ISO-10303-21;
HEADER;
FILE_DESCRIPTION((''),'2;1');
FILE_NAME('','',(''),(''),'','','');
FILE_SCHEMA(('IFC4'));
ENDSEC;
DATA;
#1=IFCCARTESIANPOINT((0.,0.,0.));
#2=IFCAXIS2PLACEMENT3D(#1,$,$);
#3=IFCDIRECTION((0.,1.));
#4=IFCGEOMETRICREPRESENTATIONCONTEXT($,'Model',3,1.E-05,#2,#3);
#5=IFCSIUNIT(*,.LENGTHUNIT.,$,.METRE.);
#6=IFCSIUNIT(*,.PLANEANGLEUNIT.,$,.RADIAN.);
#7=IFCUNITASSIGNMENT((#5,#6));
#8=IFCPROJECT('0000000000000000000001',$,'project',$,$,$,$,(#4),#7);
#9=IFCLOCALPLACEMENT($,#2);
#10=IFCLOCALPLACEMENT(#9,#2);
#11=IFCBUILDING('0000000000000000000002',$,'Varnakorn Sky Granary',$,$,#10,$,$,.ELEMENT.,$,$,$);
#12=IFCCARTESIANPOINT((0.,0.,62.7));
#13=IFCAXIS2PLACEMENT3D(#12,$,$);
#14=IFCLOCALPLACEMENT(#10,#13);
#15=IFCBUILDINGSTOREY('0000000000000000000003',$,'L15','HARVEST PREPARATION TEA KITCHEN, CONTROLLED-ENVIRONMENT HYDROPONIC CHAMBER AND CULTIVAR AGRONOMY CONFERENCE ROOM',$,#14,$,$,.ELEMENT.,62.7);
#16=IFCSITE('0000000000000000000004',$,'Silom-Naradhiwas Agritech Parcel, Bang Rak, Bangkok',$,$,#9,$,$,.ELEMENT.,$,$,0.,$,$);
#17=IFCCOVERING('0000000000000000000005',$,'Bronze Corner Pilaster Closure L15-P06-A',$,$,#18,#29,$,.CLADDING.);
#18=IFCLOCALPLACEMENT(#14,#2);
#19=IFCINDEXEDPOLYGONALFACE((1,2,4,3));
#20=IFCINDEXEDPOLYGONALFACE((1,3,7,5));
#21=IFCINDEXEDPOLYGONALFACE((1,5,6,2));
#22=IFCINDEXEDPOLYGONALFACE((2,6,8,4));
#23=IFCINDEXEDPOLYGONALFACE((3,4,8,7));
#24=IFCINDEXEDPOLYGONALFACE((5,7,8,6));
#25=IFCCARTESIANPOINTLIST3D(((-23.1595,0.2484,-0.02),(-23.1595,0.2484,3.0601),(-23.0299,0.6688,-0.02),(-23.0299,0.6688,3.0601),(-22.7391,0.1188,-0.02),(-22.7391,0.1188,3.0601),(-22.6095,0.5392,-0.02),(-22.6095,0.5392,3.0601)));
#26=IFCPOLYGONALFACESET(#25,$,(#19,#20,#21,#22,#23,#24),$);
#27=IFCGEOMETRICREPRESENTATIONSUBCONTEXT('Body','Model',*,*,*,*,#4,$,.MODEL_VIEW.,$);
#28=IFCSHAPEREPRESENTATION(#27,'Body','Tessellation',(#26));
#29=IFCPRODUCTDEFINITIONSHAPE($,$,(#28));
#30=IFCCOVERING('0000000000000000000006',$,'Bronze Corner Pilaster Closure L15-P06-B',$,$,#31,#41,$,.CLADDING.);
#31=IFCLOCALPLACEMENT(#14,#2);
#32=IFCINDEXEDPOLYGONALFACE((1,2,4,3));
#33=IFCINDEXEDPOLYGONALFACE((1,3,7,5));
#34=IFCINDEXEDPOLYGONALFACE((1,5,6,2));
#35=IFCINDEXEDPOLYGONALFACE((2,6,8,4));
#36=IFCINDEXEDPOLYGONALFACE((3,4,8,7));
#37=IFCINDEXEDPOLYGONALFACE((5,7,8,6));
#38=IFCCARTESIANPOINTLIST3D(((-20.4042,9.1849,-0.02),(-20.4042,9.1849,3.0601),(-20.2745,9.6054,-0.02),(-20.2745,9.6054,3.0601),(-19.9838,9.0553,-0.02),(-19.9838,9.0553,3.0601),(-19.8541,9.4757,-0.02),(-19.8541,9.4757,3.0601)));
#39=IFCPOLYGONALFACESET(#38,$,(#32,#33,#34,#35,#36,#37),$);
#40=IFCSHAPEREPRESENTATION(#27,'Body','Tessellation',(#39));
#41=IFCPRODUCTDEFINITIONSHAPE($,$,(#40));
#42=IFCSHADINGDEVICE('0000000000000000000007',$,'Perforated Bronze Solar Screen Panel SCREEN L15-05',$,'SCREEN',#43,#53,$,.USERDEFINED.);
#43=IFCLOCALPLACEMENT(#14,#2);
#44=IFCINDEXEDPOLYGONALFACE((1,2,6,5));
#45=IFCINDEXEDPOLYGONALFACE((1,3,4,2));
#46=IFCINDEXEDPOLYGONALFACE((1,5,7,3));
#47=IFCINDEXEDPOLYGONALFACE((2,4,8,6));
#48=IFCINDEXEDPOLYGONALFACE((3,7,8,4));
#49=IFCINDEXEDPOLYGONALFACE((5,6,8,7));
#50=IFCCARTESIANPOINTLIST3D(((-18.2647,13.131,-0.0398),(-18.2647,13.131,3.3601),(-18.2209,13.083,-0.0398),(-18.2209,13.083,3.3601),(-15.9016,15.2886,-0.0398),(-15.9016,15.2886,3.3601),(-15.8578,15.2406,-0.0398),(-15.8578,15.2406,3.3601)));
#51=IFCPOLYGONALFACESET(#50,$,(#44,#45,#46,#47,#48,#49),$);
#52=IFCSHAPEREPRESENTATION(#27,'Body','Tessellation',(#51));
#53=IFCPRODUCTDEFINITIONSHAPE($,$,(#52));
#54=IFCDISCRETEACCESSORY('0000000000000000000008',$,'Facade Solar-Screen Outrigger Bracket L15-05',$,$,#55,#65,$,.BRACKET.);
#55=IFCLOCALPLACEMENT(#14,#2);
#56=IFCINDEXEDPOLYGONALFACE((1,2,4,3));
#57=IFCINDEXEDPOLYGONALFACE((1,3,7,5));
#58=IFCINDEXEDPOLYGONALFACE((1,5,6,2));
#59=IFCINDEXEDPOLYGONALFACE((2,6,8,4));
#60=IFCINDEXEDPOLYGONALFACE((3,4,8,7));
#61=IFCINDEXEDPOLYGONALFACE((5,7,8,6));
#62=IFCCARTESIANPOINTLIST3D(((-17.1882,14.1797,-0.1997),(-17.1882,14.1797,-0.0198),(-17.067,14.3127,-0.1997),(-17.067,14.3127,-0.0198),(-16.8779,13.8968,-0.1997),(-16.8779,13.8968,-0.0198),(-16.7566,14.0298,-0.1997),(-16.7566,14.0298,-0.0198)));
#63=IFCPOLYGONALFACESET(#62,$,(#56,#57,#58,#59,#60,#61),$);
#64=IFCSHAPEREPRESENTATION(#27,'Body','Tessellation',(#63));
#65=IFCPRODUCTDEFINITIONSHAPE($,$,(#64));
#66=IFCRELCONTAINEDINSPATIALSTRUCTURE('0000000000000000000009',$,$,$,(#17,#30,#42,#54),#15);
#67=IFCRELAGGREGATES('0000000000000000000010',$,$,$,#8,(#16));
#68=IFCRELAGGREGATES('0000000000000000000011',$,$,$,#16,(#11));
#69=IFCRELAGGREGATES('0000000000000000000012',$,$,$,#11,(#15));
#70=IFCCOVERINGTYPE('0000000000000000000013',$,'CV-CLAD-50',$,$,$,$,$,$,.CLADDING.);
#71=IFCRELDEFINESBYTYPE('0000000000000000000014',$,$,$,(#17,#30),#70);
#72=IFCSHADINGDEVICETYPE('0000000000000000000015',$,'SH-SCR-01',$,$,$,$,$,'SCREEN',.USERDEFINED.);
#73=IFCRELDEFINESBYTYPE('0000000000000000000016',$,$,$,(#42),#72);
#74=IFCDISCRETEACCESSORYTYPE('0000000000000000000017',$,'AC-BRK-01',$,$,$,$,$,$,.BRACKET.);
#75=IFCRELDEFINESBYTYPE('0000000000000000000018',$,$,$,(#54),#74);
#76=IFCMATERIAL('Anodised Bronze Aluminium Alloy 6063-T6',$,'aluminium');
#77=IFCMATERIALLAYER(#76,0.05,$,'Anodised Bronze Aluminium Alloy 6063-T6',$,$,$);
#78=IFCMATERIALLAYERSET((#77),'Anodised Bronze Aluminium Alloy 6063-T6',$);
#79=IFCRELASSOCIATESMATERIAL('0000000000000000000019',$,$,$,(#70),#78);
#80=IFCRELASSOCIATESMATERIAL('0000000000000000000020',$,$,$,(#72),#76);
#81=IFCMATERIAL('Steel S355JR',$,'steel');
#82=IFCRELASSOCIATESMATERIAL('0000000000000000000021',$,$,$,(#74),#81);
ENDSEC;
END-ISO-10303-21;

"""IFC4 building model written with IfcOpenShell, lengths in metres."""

from ifc_helpers import new_model, si_unit, direction, frame, origin, origin_2d, place, context, subcontext, project, spatial, rectangle, extrude, source, transform, mapped, material, layer, layer_set, type_object, type_shapes, element, save


model = new_model("IFC4")

# Units and contexts
model_context = context("Model", 3, precision=1e-05, world=origin(), true_north=direction((0.0, 1.0)))
body_context = subcontext(model_context, "Body", "Model", "MODEL_VIEW")
ifc_project = project(units=[si_unit("LENGTHUNIT", "METRE"), si_unit("PLANEANGLEUNIT", "RADIAN")], contexts=[model_context])

# Site, building, storey
site_placement = place(None, origin())
site = spatial("IfcSite", under=ifc_project, at=site_placement, Name="Silom-Naradhiwas Agritech Parcel, Bang Rak, Bangkok", CompositionType="ELEMENT", RefElevation=0.0)
building_placement = place(site_placement, origin())
building = spatial("IfcBuilding", under=site, at=building_placement, Name="Varnakorn Sky Granary", CompositionType="ELEMENT")
storey_placement = place(building_placement, frame((0.0, 0.0, 62.7)))
storey = spatial("IfcBuildingStorey", under=building, at=storey_placement, Name="L15", Description="HARVEST PREPARATION TEA KITCHEN, CONTROLLED-ENVIRONMENT HYDROPONIC CHAMBER AND CULTIVAR AGRONOMY CONFERENCE ROOM", CompositionType="ELEMENT", Elevation=62.7)

# Shared definitions
ifc_material_1 = material(Name="Steel S355JR", Category="steel")

# Shared definitions
ifc_material_2 = material(Name="Anodised Bronze Aluminium Alloy 6063-T6", Category="aluminium")

# Coverings
ifc_layer_1 = layer(ifc_material_2, 0.05, Name="Anodised Bronze Aluminium Alloy 6063-T6")
ifc_layer_set_1 = layer_set([ifc_layer_1], Name="Anodised Bronze Aluminium Alloy 6063-T6")
covering_type = type_object("IfcCoveringType", Name="CV-CLAD-50", PredefinedType="CLADDING", material=ifc_layer_set_1)
shared_shape_1 = source(origin(), body_context, "Body", "SweptSolid", [
    extrude(rectangle(XDim=0.4399, YDim=0.4399, at=origin_2d()), origin(), (0.0, 0.0, 1.0), 3.0801),
])
type_shapes(covering_type, [shared_shape_1])
for number, where, z_axis, x_axis, name in (
    (1, (-22.8845, 0.3938, -0.02), (0.0, 0.0, 1.0), (0.294708, 0.955588, 0.0), "Bronze Corner Pilaster Closure L15-P06-A"),
    (2, (-20.1292, 9.3303, -0.02), (0.0, 0.0, 1.0), (0.294708, 0.955588, 0.0), "Bronze Corner Pilaster Closure L15-P06-B"),
):
    element("IfcCovering", number, at=place(storey_placement, frame(where, z_axis=z_axis, x_axis=x_axis)), inside=storey, type_object=covering_type, Name=name, PredefinedType="CLADDING", context=body_context, shape_type="MappedRepresentation", body=[
        mapped(shared_shape_1, transform((0.0, 0.0, 0.0), x_axis=(1.0, 0.0, 0.0), y_axis=(0.0, 1.0, 0.0), z_axis=(0.0, 0.0, 1.0), scale=1.0)),
    ])

# Shading device
shading_device_type = type_object("IfcShadingDeviceType", Name="SH-SCR-01", ElementType="SCREEN", PredefinedType="USERDEFINED", material=ifc_material_2)
shared_shape_2 = source(origin(), body_context, "Body", "SweptSolid", [
    extrude(rectangle(XDim=3.2, YDim=0.0649, at=origin_2d()), origin(), (0.0, 0.0, 1.0), 3.3999),
])
type_shapes(shading_device_type, [shared_shape_2])
shading_device_placement = place(storey_placement, frame((-17.0613, 14.1858, -0.0398), z_axis=(0.0, 0.0, 1.0), x_axis=(-0.738485, -0.674269, 0.0)))
element("IfcShadingDevice", 3, at=shading_device_placement, inside=storey, type_object=shading_device_type, Name="Perforated Bronze Solar Screen Panel SCREEN L15-05", ObjectType="SCREEN", PredefinedType="USERDEFINED", context=body_context, shape_type="MappedRepresentation", body=[
    mapped(shared_shape_2, transform((0.0, 0.0, 0.0), x_axis=(1.0, 0.0, 0.0), y_axis=(0.0, 1.0, 0.0), z_axis=(0.0, 0.0, 1.0), scale=1.0)),
])

# Discrete accessory
discrete_accessory_type = type_object("IfcDiscreteAccessoryType", Name="AC-BRK-01", PredefinedType="BRACKET", material=ifc_material_1)
shared_shape_3 = source(origin(), body_context, "Body", "SweptSolid", [
    extrude(rectangle(XDim=0.1799, YDim=0.4199, at=origin_2d()), origin(), (0.0, 0.0, 1.0), 0.1799),
])
type_shapes(discrete_accessory_type, [shared_shape_3])
discrete_accessory_placement = place(storey_placement, frame((-16.9724, 14.1047, -0.1997), z_axis=(0.0, 0.0, 1.0), x_axis=(-0.673691, -0.739013, 0.0)))
element("IfcDiscreteAccessory", 4, at=discrete_accessory_placement, inside=storey, type_object=discrete_accessory_type, Name="Facade Solar-Screen Outrigger Bracket L15-05", PredefinedType="BRACKET", context=body_context, shape_type="MappedRepresentation", body=[
    mapped(shared_shape_3, transform((0.0, 0.0, 0.0), x_axis=(1.0, 0.0, 0.0), y_axis=(0.0, 1.0, 0.0), z_axis=(0.0, 0.0, 1.0), scale=1.0)),
])

save(model, "model.ifc")
